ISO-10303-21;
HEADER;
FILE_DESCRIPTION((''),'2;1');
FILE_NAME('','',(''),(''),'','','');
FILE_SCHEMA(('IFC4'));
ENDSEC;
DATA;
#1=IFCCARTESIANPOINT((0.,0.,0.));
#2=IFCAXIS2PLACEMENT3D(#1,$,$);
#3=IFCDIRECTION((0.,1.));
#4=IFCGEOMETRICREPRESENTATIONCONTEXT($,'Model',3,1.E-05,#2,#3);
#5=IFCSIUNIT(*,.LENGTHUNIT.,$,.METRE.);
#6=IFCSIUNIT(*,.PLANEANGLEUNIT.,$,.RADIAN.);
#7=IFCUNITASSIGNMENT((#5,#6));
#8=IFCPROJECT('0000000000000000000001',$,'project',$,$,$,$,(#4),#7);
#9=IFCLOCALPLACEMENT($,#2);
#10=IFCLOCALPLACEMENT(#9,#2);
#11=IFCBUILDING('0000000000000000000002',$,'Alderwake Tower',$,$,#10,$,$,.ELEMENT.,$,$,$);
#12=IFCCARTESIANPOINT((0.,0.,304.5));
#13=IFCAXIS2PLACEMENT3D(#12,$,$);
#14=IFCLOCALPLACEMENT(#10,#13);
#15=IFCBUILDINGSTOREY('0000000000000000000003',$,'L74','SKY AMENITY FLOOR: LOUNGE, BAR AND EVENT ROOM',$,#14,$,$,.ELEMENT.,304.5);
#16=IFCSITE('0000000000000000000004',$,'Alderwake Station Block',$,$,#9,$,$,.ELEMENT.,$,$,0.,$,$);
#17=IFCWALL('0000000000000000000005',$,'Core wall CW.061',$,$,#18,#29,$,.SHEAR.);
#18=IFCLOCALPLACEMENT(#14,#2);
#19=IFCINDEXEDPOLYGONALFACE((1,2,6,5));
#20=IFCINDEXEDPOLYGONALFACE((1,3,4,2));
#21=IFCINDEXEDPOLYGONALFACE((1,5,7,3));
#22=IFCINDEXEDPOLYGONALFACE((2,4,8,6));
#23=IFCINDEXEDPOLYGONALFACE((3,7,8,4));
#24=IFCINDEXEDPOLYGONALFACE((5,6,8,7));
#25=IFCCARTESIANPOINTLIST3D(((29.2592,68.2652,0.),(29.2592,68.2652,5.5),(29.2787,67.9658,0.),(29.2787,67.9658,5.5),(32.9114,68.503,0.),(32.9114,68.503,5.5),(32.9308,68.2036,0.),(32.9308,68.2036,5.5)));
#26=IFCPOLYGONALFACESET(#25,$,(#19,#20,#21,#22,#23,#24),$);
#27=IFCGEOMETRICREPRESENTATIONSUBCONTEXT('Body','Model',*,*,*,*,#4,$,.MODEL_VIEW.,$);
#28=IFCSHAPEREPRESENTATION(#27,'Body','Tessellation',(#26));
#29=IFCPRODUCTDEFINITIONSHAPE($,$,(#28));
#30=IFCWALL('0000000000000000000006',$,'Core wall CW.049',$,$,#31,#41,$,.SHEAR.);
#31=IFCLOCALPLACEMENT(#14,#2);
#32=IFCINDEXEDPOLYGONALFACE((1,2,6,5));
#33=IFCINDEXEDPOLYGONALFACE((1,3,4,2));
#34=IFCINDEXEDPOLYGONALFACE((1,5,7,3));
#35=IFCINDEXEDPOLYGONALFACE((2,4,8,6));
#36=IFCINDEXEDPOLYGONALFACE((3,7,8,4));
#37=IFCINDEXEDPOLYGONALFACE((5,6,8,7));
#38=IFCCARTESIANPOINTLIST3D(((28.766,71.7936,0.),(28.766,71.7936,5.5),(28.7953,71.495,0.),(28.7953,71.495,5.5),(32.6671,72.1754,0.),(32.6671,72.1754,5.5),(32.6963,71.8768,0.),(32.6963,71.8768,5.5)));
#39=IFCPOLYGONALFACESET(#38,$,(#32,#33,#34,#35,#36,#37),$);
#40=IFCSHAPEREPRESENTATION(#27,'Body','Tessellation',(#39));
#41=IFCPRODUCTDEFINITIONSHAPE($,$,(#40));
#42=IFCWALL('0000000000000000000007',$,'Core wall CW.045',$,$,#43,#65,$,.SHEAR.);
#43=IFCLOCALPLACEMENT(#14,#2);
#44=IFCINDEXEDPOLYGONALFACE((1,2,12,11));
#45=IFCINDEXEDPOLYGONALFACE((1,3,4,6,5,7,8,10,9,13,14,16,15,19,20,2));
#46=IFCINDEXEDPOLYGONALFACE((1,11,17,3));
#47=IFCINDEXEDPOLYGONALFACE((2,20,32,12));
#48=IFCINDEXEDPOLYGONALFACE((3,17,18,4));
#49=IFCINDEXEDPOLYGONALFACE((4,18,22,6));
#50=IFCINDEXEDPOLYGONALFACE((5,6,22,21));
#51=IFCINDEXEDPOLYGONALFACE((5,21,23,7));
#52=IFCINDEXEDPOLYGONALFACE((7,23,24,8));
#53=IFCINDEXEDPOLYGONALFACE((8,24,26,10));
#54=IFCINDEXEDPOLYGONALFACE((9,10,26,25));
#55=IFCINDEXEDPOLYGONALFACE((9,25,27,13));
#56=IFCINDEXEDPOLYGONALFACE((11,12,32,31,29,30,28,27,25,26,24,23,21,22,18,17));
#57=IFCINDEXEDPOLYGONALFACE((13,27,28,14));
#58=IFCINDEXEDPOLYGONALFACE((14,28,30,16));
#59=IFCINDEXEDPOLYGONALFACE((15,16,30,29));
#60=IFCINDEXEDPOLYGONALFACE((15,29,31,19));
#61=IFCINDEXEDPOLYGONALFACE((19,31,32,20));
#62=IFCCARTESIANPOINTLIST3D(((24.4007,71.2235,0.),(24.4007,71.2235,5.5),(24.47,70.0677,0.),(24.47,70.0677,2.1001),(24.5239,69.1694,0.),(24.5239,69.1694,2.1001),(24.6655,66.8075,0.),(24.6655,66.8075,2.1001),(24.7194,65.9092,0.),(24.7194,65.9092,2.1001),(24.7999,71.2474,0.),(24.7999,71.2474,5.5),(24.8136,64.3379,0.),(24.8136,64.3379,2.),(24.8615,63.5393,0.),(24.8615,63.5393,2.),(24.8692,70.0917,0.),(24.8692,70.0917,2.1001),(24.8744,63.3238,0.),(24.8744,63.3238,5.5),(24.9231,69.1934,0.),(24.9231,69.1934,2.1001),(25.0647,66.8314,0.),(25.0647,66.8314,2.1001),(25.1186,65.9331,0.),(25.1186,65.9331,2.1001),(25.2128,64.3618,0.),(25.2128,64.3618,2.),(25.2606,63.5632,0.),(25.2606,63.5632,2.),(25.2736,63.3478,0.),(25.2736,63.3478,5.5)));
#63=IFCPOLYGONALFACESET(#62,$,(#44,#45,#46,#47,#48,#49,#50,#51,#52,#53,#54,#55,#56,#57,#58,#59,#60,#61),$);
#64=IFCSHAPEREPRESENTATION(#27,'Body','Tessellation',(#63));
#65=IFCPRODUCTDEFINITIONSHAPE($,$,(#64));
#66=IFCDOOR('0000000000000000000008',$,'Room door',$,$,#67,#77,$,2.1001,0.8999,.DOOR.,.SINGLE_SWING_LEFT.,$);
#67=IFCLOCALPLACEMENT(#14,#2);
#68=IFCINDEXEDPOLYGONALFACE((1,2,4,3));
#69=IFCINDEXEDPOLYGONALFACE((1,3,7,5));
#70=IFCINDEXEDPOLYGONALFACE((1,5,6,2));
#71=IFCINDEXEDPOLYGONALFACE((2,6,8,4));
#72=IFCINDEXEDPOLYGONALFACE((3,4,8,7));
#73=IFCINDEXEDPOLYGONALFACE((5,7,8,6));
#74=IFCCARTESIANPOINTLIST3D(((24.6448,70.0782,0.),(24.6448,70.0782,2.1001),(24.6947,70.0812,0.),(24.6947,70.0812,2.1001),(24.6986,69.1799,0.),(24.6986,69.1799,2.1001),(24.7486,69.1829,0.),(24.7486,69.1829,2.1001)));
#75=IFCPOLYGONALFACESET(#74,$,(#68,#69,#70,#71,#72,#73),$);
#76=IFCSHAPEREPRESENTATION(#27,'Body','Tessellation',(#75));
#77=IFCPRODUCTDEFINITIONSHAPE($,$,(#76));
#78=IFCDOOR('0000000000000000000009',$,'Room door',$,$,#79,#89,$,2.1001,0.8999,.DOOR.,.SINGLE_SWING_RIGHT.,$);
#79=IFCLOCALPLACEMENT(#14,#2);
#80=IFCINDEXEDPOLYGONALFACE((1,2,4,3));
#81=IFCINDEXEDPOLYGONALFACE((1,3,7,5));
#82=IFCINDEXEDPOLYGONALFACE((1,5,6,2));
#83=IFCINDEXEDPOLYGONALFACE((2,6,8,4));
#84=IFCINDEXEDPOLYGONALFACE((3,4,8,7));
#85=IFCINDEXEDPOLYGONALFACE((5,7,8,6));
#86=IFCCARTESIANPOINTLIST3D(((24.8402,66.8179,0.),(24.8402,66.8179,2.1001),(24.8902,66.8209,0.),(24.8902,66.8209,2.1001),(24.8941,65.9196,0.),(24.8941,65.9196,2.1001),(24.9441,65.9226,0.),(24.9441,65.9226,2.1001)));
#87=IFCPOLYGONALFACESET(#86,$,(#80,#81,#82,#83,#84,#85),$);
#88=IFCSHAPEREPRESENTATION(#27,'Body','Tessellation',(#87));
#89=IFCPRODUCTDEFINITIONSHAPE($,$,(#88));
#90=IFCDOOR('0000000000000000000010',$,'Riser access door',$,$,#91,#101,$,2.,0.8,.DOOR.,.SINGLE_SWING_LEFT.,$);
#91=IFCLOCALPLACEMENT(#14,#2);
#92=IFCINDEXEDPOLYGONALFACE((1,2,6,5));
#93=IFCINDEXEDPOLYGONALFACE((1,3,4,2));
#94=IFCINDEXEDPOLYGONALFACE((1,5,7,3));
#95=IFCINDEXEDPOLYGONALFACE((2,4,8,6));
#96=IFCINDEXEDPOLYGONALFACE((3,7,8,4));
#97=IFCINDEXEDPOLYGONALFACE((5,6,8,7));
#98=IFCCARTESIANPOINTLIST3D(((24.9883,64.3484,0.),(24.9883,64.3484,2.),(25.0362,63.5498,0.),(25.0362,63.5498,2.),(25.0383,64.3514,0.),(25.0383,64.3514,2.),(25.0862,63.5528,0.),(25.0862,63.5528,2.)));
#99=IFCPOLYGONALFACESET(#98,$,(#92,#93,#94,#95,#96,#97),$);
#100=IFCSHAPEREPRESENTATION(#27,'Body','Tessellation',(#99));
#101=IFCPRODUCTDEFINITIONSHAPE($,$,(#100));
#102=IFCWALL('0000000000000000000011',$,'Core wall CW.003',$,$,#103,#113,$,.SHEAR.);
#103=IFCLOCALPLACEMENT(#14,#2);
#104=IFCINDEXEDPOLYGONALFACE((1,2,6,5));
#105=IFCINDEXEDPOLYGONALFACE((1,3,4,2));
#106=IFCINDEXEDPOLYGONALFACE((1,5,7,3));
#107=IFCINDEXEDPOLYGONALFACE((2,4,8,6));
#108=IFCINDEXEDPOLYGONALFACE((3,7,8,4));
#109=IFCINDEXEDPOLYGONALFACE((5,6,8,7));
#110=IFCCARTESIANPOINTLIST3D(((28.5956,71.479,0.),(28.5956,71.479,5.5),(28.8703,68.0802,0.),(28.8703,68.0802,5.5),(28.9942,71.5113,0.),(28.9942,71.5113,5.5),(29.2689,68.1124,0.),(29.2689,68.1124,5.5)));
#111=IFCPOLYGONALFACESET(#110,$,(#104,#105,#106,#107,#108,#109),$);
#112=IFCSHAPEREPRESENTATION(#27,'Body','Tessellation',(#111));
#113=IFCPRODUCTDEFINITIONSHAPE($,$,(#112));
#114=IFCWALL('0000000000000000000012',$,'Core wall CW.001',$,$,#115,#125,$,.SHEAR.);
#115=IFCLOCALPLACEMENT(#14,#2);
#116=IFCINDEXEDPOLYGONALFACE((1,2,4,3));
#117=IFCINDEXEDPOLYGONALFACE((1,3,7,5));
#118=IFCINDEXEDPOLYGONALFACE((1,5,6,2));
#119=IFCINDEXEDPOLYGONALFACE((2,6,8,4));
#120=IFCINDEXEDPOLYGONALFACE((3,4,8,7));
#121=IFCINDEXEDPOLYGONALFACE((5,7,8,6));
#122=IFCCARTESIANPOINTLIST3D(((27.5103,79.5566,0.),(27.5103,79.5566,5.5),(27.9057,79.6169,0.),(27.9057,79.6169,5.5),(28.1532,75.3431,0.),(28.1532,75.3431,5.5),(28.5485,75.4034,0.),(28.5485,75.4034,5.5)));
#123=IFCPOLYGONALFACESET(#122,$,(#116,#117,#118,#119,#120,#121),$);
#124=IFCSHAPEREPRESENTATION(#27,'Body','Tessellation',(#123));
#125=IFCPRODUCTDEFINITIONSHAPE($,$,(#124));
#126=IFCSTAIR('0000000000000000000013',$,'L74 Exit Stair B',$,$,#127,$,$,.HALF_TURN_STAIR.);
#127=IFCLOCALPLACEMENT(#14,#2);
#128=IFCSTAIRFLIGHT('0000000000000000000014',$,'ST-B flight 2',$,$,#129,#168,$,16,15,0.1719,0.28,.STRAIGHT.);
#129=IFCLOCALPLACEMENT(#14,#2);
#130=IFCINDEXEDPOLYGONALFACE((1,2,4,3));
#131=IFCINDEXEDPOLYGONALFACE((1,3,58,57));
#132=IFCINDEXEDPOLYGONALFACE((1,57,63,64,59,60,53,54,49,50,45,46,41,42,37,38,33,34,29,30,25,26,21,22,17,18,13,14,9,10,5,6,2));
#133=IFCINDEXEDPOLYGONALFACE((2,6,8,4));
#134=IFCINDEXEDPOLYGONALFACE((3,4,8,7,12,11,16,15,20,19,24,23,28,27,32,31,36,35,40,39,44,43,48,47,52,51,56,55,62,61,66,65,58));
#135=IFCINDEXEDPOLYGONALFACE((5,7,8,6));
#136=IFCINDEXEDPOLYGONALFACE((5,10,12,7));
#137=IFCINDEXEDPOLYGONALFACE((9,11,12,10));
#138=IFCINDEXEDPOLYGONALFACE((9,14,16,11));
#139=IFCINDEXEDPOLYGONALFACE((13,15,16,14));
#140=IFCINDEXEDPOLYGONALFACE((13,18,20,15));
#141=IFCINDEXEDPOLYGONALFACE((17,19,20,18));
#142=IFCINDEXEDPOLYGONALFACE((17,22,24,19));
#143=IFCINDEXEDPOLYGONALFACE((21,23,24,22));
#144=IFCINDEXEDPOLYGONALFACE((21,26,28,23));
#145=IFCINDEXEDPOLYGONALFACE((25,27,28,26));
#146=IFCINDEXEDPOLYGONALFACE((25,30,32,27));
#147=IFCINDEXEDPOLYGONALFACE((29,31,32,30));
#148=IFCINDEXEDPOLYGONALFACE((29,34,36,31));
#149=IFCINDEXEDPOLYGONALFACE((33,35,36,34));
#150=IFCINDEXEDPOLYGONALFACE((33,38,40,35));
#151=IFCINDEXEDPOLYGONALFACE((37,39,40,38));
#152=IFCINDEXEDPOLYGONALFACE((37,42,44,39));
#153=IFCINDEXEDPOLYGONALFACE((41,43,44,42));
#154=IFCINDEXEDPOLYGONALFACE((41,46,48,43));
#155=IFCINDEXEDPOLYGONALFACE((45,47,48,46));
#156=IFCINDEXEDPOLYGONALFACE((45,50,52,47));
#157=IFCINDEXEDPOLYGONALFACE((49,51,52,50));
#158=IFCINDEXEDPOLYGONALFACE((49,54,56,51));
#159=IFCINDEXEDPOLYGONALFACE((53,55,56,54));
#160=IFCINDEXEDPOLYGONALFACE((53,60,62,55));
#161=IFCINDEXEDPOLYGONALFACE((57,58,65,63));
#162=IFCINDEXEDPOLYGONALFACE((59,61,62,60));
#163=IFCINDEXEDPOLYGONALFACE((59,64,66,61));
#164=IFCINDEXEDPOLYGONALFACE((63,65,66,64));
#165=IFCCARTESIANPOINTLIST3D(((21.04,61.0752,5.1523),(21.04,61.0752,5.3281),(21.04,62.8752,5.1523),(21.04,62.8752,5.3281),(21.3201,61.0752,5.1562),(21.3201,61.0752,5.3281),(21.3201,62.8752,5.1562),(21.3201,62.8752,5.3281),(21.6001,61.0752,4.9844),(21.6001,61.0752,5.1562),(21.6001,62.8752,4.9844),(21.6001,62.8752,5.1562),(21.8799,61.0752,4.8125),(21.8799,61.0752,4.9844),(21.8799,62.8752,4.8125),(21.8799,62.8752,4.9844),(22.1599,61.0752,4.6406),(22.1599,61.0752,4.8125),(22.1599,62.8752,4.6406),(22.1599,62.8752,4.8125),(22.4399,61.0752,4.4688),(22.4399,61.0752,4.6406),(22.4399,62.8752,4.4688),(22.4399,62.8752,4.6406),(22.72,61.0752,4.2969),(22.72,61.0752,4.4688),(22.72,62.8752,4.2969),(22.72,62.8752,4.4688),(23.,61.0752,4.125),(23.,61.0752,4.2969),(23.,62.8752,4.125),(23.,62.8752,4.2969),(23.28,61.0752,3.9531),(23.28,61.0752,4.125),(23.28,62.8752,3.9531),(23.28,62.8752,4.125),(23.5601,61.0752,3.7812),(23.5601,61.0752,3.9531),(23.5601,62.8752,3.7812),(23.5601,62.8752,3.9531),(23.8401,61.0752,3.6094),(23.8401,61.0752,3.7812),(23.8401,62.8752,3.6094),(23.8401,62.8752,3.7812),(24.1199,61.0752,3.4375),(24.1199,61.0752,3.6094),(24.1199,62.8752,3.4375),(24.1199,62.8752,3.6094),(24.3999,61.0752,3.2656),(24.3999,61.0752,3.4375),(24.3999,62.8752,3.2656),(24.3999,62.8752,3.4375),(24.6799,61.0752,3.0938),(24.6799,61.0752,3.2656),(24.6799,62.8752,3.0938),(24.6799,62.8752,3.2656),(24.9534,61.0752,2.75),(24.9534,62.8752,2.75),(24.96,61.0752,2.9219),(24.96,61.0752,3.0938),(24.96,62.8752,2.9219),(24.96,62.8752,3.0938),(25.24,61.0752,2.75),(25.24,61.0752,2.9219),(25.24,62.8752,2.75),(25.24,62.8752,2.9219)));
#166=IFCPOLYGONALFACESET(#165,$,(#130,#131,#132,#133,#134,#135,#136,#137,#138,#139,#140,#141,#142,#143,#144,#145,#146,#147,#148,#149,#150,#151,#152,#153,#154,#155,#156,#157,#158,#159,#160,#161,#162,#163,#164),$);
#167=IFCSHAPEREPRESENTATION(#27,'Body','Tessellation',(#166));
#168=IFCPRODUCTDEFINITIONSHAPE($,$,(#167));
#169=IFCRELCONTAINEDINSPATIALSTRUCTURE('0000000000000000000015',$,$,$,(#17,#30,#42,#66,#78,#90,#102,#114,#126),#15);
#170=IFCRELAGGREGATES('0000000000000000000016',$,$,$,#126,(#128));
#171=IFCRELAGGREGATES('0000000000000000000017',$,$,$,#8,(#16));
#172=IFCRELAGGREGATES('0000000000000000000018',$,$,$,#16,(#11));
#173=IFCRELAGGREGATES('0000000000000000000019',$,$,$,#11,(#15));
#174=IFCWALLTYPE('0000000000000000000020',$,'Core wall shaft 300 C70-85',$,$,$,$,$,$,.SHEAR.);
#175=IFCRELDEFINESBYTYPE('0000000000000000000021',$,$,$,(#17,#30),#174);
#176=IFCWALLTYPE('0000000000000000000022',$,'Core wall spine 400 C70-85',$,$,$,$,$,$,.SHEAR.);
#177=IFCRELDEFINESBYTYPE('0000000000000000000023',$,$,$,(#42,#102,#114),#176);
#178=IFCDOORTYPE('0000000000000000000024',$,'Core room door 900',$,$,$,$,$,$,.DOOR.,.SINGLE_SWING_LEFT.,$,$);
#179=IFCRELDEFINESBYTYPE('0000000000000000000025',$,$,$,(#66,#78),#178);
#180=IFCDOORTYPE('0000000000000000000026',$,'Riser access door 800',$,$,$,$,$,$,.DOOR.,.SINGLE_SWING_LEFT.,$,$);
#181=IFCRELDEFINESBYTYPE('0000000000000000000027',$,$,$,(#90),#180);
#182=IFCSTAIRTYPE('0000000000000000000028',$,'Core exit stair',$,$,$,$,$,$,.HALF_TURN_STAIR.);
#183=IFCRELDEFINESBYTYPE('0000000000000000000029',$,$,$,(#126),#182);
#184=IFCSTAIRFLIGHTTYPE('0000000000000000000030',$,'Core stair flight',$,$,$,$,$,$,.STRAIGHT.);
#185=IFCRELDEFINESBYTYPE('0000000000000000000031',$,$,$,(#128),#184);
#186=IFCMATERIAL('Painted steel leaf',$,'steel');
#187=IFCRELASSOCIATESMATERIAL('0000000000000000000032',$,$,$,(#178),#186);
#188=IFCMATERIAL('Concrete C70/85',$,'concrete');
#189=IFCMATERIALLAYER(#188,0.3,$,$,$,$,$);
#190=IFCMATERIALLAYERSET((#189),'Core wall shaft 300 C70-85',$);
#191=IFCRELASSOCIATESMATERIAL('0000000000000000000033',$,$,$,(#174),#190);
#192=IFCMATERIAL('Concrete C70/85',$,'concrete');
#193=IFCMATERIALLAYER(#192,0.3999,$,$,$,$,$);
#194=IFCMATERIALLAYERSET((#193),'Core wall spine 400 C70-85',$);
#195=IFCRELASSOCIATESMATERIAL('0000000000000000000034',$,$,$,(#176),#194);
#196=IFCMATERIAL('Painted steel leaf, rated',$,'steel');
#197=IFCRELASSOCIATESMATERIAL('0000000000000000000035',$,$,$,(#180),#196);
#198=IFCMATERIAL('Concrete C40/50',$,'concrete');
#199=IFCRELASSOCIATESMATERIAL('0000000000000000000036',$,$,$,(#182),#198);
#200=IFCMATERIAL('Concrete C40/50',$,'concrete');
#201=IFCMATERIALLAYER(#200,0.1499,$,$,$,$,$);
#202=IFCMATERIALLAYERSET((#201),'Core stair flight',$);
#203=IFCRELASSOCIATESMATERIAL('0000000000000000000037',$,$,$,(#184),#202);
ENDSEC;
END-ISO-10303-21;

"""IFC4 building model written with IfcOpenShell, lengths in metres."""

from ifc_helpers import new_model, si_unit, direction, frame, frame_2d, origin, place, context, subcontext, project, spatial, polyline, rectangle, outline, extrude, material, layer, layer_set, type_object, element, fill, aggregate, save


model = new_model("IFC4")

# Units and contexts
model_context = context("Model", 3, precision=1e-05, world=origin(), true_north=direction((0.0, 1.0)))
body_context = subcontext(model_context, "Body", "Model", "MODEL_VIEW")
ifc_project = project(units=[si_unit("LENGTHUNIT", "METRE"), si_unit("PLANEANGLEUNIT", "RADIAN")], contexts=[model_context])

# Site, building, storey
site_placement = place(None, origin())
site = spatial("IfcSite", under=ifc_project, at=site_placement, Name="Alderwake Station Block", CompositionType="ELEMENT", RefElevation=0.0)
building_placement = place(site_placement, origin())
building = spatial("IfcBuilding", under=site, at=building_placement, Name="Alderwake Tower", CompositionType="ELEMENT")
storey_placement = place(building_placement, frame((0.0, 0.0, 304.5)))
storey = spatial("IfcBuildingStorey", under=building, at=storey_placement, Name="L74", Description="SKY AMENITY FLOOR: LOUNGE, BAR AND EVENT ROOM", CompositionType="ELEMENT", Elevation=304.5)

# Shared definitions
ifc_material_1 = material(Name="Painted steel leaf", Category="steel")
door_type_1 = type_object("IfcDoorType", Name="Core room door 900", OperationType="SINGLE_SWING_LEFT", PredefinedType="DOOR", material=ifc_material_1)

# Walls
ifc_material_2 = material(Name="Concrete C70/85", Category="concrete")
ifc_layer_1 = layer(ifc_material_2, 0.3)
ifc_layer_set_1 = layer_set([ifc_layer_1], Name="Core wall shaft 300 C70-85")
wall_type_1 = type_object("IfcWallType", Name="Core wall shaft 300 C70-85", PredefinedType="SHEAR", material=ifc_layer_set_1)
wall_1_placement = place(storey_placement, frame((29.2688, 68.1155, 0.0), z_axis=(0.0, 0.0, 1.0), x_axis=(0.997887, 0.064974, 0.0)))
element("IfcWall", 1, at=wall_1_placement, inside=storey, type_object=wall_type_1, Name="Core wall CW.061", PredefinedType="SHEAR", context=body_context, shape_type="SweptSolid", body=[
    extrude(rectangle(XDim=3.6599, YDim=0.3, at=frame_2d((1.8301, 0.0))), origin(), (0.0, 0.0, 1.0), 5.5),
])
wall_2_placement = place(storey_placement, frame((28.7805, 71.6443, 0.0), z_axis=(0.0, 0.0, 1.0), x_axis=(0.995244, 0.097413, 0.0)))
element("IfcWall", 2, at=wall_2_placement, inside=storey, type_object=wall_type_1, Name="Core wall CW.049", PredefinedType="SHEAR", context=body_context, shape_type="SweptSolid", body=[
    extrude(rectangle(XDim=3.9197, YDim=0.3, at=frame_2d((1.96, 0.0))), origin(), (0.0, 0.0, 1.0), 5.5),
])

# Wall, openings, doors
ifc_material_3 = material(Name="Concrete C70/85", Category="concrete")
ifc_layer_2 = layer(ifc_material_3, 0.3999)
ifc_layer_set_2 = layer_set([ifc_layer_2], Name="Core wall spine 400 C70-85")
wall_type_2 = type_object("IfcWallType", Name="Core wall spine 400 C70-85", PredefinedType="SHEAR", material=ifc_layer_set_2)
wall_3_placement = place(storey_placement, frame((25.074, 63.3357, 0.0), z_axis=(0.0, 0.0, 1.0), x_axis=(-0.059849, 0.998207, 0.0)))
wall_3 = element("IfcWall", 3, at=wall_3_placement, inside=storey, type_object=wall_type_2, Name="Core wall CW.045", PredefinedType="SHEAR", context=body_context, shape_type="SweptSolid", body=[
    extrude(rectangle(XDim=7.9138, YDim=0.3999, at=frame_2d((3.957, 0.0))), origin(), (0.0, 0.0, 1.0), 5.5),
])
opening_1_placement = place(wall_3_placement, frame((0.2161, 0.0, 0.0)))
opening_1 = element("IfcOpeningElement", 4, at=opening_1_placement, cuts=wall_3, PredefinedType="OPENING", context=body_context, shape_type="SweptSolid", body=[
    extrude(rectangle(XDim=0.8, YDim=2.0, at=frame_2d((0.3999, 1.0))), frame((0.0, 0.21, 0.0), z_axis=(0.0, -1.0, 0.0), x_axis=(1.0, 0.0, 0.0)), (0.0, 0.0, 1.0), 0.4199),
])
opening_2_placement = place(wall_3_placement, frame((5.8562, 0.0, 0.0)))
opening_2 = element("IfcOpeningElement", 5, at=opening_2_placement, cuts=wall_3, PredefinedType="OPENING", context=body_context, shape_type="SweptSolid", body=[
    extrude(rectangle(XDim=0.8999, YDim=2.1001, at=frame_2d((0.45, 1.05))), frame((0.0, 0.21, 0.0), z_axis=(0.0, -1.0, 0.0), x_axis=(1.0, 0.0, 0.0)), (0.0, 0.0, 1.0), 0.4199),
])
opening_3_placement = place(wall_3_placement, frame((2.5901, 0.0, 0.0)))
opening_3 = element("IfcOpeningElement", 6, at=opening_3_placement, cuts=wall_3, PredefinedType="OPENING", context=body_context, shape_type="SweptSolid", body=[
    extrude(rectangle(XDim=0.8999, YDim=2.1001, at=frame_2d((0.45, 1.05))), frame((0.0, 0.21, 0.0), z_axis=(0.0, -1.0, 0.0), x_axis=(1.0, 0.0, 0.0)), (0.0, 0.0, 1.0), 0.4199),
])
door_1_placement = place(opening_2_placement, origin())
door_1 = element("IfcDoor", 7, at=door_1_placement, inside=storey, type_object=door_type_1, Name="Room door", OperationType="SINGLE_SWING_LEFT", OverallHeight=2.1001, OverallWidth=0.8999, PredefinedType="DOOR", context=body_context, shape_type="SweptSolid", body=[
    extrude(rectangle(XDim=0.8999, YDim=2.1001, at=frame_2d((0.45, 1.05))), frame((0.0, 0.0249, 0.0), z_axis=(0.0, -1.0, 0.0), x_axis=(1.0, 0.0, 0.0)), (0.0, 0.0, 1.0), 0.05),
])
fill(opening_2, door_1)
door_2_placement = place(opening_3_placement, origin())
door_2 = element("IfcDoor", 8, at=door_2_placement, inside=storey, type_object=door_type_1, Name="Room door", OperationType="SINGLE_SWING_RIGHT", OverallHeight=2.1001, OverallWidth=0.8999, PredefinedType="DOOR", context=body_context, shape_type="SweptSolid", body=[
    extrude(rectangle(XDim=0.8999, YDim=2.1001, at=frame_2d((0.45, 1.05))), frame((0.0, 0.0249, 0.0), z_axis=(0.0, -1.0, 0.0), x_axis=(1.0, 0.0, 0.0)), (0.0, 0.0, 1.0), 0.05),
])
fill(opening_3, door_2)
ifc_material_4 = material(Name="Painted steel leaf, rated", Category="steel")
door_type_2 = type_object("IfcDoorType", Name="Riser access door 800", OperationType="SINGLE_SWING_LEFT", PredefinedType="DOOR", material=ifc_material_4)
door_3_placement = place(opening_1_placement, origin())
door_3 = element("IfcDoor", 9, at=door_3_placement, inside=storey, type_object=door_type_2, Name="Riser access door", OperationType="SINGLE_SWING_LEFT", OverallHeight=2.0, OverallWidth=0.8, PredefinedType="DOOR", context=body_context, shape_type="SweptSolid", body=[
    extrude(rectangle(XDim=0.8, YDim=2.0, at=frame_2d((0.3999, 1.0))), frame((0.0, 0.0249, 0.0), z_axis=(0.0, -1.0, 0.0), x_axis=(1.0, 0.0, 0.0)), (0.0, 0.0, 1.0), 0.05),
])
fill(opening_1, door_3)

# Walls
wall_4_placement = place(storey_placement, frame((29.0696, 68.0962, 0.0), z_axis=(0.0, 0.0, 1.0), x_axis=(-0.080545, 0.996751, 0.0)))
element("IfcWall", 10, at=wall_4_placement, inside=storey, type_object=wall_type_2, Name="Core wall CW.003", PredefinedType="SHEAR", context=body_context, shape_type="SweptSolid", body=[
    extrude(rectangle(XDim=3.4099, YDim=0.3999, at=frame_2d((1.7051, 0.0))), origin(), (0.0, 0.0, 1.0), 5.5),
])
wall_5_placement = place(storey_placement, frame((28.3508, 75.3733, 0.0), z_axis=(0.0, 0.0, 1.0), x_axis=(-0.150822, 0.988561, 0.0)))
element("IfcWall", 11, at=wall_5_placement, inside=storey, type_object=wall_type_2, Name="Core wall CW.001", PredefinedType="SHEAR", context=body_context, shape_type="SweptSolid", body=[
    extrude(rectangle(XDim=4.2622, YDim=0.3999, at=frame_2d((2.1311, 0.0))), origin(), (0.0, 0.0, 1.0), 5.5),
])

# Stair, stair flight
ifc_material_5 = material(Name="Concrete C40/50", Category="concrete")
stair_type = type_object("IfcStairType", Name="Core exit stair", PredefinedType="HALF_TURN_STAIR", material=ifc_material_5)
stair_placement = place(storey_placement, origin())
stair = element("IfcStair", 12, at=stair_placement, inside=storey, type_object=stair_type, Name="L74 Exit Stair B", PredefinedType="HALF_TURN_STAIR")
ifc_material_6 = material(Name="Concrete C40/50", Category="concrete")
ifc_layer_3 = layer(ifc_material_6, 0.1499)
ifc_layer_set_3 = layer_set([ifc_layer_3], Name="Core stair flight")
stair_flight_type = type_object("IfcStairFlightType", Name="Core stair flight", PredefinedType="STRAIGHT", material=ifc_layer_set_3)
stair_flight_placement = place(storey_placement, frame((25.24, 61.9751, 2.75), z_axis=(0.0, 0.0, 1.0), x_axis=(-1.0, 0.0, 0.0)))
stair_flight = element("IfcStairFlight", 13, at=stair_flight_placement, type_object=stair_flight_type, Name="ST-B flight 2", NumberOfRisers=16, NumberOfTreads=15, PredefinedType="STRAIGHT", RiserHeight=0.1719, TreadLength=0.28, context=body_context, shape_type="SweptSolid", body=[
    extrude(outline(polyline([(0.0, 0.0), (0.0, 0.1719), (0.28, 0.1719), (0.28, 0.3438), (0.5601, 0.3438), (0.5601, 0.5156), (0.8401, 0.5156), (0.8401, 0.6875), (1.1201, 0.6875), (1.1201, 0.8594), (1.3999, 0.8594), (1.3999, 1.0312), (1.6799, 1.0312), (1.6799, 1.2031), (1.96, 1.2031), (1.96, 1.375), (2.24, 1.375), (2.24, 1.5469), (2.52, 1.5469), (2.52, 1.7188), (2.8, 1.7188), (2.8, 1.8906), (3.0801, 1.8906), (3.0801, 2.0625), (3.3601, 2.0625), (3.3601, 2.2344), (3.6399, 2.2344), (3.6399, 2.4062), (3.9199, 2.4062), (3.9199, 2.5781), (4.2, 2.5781), (4.2, 2.75), (4.2, 2.4023), (0.2866, 0.0), (0.0, 0.0)])), frame((0.0, 0.8999, 0.0), z_axis=(0.0, -1.0, 0.0), x_axis=(1.0, 0.0, 0.0)), (0.0, 0.0, 1.0), 1.8),
])
aggregate(stair, [stair_flight])

save(model, "model.ifc")
